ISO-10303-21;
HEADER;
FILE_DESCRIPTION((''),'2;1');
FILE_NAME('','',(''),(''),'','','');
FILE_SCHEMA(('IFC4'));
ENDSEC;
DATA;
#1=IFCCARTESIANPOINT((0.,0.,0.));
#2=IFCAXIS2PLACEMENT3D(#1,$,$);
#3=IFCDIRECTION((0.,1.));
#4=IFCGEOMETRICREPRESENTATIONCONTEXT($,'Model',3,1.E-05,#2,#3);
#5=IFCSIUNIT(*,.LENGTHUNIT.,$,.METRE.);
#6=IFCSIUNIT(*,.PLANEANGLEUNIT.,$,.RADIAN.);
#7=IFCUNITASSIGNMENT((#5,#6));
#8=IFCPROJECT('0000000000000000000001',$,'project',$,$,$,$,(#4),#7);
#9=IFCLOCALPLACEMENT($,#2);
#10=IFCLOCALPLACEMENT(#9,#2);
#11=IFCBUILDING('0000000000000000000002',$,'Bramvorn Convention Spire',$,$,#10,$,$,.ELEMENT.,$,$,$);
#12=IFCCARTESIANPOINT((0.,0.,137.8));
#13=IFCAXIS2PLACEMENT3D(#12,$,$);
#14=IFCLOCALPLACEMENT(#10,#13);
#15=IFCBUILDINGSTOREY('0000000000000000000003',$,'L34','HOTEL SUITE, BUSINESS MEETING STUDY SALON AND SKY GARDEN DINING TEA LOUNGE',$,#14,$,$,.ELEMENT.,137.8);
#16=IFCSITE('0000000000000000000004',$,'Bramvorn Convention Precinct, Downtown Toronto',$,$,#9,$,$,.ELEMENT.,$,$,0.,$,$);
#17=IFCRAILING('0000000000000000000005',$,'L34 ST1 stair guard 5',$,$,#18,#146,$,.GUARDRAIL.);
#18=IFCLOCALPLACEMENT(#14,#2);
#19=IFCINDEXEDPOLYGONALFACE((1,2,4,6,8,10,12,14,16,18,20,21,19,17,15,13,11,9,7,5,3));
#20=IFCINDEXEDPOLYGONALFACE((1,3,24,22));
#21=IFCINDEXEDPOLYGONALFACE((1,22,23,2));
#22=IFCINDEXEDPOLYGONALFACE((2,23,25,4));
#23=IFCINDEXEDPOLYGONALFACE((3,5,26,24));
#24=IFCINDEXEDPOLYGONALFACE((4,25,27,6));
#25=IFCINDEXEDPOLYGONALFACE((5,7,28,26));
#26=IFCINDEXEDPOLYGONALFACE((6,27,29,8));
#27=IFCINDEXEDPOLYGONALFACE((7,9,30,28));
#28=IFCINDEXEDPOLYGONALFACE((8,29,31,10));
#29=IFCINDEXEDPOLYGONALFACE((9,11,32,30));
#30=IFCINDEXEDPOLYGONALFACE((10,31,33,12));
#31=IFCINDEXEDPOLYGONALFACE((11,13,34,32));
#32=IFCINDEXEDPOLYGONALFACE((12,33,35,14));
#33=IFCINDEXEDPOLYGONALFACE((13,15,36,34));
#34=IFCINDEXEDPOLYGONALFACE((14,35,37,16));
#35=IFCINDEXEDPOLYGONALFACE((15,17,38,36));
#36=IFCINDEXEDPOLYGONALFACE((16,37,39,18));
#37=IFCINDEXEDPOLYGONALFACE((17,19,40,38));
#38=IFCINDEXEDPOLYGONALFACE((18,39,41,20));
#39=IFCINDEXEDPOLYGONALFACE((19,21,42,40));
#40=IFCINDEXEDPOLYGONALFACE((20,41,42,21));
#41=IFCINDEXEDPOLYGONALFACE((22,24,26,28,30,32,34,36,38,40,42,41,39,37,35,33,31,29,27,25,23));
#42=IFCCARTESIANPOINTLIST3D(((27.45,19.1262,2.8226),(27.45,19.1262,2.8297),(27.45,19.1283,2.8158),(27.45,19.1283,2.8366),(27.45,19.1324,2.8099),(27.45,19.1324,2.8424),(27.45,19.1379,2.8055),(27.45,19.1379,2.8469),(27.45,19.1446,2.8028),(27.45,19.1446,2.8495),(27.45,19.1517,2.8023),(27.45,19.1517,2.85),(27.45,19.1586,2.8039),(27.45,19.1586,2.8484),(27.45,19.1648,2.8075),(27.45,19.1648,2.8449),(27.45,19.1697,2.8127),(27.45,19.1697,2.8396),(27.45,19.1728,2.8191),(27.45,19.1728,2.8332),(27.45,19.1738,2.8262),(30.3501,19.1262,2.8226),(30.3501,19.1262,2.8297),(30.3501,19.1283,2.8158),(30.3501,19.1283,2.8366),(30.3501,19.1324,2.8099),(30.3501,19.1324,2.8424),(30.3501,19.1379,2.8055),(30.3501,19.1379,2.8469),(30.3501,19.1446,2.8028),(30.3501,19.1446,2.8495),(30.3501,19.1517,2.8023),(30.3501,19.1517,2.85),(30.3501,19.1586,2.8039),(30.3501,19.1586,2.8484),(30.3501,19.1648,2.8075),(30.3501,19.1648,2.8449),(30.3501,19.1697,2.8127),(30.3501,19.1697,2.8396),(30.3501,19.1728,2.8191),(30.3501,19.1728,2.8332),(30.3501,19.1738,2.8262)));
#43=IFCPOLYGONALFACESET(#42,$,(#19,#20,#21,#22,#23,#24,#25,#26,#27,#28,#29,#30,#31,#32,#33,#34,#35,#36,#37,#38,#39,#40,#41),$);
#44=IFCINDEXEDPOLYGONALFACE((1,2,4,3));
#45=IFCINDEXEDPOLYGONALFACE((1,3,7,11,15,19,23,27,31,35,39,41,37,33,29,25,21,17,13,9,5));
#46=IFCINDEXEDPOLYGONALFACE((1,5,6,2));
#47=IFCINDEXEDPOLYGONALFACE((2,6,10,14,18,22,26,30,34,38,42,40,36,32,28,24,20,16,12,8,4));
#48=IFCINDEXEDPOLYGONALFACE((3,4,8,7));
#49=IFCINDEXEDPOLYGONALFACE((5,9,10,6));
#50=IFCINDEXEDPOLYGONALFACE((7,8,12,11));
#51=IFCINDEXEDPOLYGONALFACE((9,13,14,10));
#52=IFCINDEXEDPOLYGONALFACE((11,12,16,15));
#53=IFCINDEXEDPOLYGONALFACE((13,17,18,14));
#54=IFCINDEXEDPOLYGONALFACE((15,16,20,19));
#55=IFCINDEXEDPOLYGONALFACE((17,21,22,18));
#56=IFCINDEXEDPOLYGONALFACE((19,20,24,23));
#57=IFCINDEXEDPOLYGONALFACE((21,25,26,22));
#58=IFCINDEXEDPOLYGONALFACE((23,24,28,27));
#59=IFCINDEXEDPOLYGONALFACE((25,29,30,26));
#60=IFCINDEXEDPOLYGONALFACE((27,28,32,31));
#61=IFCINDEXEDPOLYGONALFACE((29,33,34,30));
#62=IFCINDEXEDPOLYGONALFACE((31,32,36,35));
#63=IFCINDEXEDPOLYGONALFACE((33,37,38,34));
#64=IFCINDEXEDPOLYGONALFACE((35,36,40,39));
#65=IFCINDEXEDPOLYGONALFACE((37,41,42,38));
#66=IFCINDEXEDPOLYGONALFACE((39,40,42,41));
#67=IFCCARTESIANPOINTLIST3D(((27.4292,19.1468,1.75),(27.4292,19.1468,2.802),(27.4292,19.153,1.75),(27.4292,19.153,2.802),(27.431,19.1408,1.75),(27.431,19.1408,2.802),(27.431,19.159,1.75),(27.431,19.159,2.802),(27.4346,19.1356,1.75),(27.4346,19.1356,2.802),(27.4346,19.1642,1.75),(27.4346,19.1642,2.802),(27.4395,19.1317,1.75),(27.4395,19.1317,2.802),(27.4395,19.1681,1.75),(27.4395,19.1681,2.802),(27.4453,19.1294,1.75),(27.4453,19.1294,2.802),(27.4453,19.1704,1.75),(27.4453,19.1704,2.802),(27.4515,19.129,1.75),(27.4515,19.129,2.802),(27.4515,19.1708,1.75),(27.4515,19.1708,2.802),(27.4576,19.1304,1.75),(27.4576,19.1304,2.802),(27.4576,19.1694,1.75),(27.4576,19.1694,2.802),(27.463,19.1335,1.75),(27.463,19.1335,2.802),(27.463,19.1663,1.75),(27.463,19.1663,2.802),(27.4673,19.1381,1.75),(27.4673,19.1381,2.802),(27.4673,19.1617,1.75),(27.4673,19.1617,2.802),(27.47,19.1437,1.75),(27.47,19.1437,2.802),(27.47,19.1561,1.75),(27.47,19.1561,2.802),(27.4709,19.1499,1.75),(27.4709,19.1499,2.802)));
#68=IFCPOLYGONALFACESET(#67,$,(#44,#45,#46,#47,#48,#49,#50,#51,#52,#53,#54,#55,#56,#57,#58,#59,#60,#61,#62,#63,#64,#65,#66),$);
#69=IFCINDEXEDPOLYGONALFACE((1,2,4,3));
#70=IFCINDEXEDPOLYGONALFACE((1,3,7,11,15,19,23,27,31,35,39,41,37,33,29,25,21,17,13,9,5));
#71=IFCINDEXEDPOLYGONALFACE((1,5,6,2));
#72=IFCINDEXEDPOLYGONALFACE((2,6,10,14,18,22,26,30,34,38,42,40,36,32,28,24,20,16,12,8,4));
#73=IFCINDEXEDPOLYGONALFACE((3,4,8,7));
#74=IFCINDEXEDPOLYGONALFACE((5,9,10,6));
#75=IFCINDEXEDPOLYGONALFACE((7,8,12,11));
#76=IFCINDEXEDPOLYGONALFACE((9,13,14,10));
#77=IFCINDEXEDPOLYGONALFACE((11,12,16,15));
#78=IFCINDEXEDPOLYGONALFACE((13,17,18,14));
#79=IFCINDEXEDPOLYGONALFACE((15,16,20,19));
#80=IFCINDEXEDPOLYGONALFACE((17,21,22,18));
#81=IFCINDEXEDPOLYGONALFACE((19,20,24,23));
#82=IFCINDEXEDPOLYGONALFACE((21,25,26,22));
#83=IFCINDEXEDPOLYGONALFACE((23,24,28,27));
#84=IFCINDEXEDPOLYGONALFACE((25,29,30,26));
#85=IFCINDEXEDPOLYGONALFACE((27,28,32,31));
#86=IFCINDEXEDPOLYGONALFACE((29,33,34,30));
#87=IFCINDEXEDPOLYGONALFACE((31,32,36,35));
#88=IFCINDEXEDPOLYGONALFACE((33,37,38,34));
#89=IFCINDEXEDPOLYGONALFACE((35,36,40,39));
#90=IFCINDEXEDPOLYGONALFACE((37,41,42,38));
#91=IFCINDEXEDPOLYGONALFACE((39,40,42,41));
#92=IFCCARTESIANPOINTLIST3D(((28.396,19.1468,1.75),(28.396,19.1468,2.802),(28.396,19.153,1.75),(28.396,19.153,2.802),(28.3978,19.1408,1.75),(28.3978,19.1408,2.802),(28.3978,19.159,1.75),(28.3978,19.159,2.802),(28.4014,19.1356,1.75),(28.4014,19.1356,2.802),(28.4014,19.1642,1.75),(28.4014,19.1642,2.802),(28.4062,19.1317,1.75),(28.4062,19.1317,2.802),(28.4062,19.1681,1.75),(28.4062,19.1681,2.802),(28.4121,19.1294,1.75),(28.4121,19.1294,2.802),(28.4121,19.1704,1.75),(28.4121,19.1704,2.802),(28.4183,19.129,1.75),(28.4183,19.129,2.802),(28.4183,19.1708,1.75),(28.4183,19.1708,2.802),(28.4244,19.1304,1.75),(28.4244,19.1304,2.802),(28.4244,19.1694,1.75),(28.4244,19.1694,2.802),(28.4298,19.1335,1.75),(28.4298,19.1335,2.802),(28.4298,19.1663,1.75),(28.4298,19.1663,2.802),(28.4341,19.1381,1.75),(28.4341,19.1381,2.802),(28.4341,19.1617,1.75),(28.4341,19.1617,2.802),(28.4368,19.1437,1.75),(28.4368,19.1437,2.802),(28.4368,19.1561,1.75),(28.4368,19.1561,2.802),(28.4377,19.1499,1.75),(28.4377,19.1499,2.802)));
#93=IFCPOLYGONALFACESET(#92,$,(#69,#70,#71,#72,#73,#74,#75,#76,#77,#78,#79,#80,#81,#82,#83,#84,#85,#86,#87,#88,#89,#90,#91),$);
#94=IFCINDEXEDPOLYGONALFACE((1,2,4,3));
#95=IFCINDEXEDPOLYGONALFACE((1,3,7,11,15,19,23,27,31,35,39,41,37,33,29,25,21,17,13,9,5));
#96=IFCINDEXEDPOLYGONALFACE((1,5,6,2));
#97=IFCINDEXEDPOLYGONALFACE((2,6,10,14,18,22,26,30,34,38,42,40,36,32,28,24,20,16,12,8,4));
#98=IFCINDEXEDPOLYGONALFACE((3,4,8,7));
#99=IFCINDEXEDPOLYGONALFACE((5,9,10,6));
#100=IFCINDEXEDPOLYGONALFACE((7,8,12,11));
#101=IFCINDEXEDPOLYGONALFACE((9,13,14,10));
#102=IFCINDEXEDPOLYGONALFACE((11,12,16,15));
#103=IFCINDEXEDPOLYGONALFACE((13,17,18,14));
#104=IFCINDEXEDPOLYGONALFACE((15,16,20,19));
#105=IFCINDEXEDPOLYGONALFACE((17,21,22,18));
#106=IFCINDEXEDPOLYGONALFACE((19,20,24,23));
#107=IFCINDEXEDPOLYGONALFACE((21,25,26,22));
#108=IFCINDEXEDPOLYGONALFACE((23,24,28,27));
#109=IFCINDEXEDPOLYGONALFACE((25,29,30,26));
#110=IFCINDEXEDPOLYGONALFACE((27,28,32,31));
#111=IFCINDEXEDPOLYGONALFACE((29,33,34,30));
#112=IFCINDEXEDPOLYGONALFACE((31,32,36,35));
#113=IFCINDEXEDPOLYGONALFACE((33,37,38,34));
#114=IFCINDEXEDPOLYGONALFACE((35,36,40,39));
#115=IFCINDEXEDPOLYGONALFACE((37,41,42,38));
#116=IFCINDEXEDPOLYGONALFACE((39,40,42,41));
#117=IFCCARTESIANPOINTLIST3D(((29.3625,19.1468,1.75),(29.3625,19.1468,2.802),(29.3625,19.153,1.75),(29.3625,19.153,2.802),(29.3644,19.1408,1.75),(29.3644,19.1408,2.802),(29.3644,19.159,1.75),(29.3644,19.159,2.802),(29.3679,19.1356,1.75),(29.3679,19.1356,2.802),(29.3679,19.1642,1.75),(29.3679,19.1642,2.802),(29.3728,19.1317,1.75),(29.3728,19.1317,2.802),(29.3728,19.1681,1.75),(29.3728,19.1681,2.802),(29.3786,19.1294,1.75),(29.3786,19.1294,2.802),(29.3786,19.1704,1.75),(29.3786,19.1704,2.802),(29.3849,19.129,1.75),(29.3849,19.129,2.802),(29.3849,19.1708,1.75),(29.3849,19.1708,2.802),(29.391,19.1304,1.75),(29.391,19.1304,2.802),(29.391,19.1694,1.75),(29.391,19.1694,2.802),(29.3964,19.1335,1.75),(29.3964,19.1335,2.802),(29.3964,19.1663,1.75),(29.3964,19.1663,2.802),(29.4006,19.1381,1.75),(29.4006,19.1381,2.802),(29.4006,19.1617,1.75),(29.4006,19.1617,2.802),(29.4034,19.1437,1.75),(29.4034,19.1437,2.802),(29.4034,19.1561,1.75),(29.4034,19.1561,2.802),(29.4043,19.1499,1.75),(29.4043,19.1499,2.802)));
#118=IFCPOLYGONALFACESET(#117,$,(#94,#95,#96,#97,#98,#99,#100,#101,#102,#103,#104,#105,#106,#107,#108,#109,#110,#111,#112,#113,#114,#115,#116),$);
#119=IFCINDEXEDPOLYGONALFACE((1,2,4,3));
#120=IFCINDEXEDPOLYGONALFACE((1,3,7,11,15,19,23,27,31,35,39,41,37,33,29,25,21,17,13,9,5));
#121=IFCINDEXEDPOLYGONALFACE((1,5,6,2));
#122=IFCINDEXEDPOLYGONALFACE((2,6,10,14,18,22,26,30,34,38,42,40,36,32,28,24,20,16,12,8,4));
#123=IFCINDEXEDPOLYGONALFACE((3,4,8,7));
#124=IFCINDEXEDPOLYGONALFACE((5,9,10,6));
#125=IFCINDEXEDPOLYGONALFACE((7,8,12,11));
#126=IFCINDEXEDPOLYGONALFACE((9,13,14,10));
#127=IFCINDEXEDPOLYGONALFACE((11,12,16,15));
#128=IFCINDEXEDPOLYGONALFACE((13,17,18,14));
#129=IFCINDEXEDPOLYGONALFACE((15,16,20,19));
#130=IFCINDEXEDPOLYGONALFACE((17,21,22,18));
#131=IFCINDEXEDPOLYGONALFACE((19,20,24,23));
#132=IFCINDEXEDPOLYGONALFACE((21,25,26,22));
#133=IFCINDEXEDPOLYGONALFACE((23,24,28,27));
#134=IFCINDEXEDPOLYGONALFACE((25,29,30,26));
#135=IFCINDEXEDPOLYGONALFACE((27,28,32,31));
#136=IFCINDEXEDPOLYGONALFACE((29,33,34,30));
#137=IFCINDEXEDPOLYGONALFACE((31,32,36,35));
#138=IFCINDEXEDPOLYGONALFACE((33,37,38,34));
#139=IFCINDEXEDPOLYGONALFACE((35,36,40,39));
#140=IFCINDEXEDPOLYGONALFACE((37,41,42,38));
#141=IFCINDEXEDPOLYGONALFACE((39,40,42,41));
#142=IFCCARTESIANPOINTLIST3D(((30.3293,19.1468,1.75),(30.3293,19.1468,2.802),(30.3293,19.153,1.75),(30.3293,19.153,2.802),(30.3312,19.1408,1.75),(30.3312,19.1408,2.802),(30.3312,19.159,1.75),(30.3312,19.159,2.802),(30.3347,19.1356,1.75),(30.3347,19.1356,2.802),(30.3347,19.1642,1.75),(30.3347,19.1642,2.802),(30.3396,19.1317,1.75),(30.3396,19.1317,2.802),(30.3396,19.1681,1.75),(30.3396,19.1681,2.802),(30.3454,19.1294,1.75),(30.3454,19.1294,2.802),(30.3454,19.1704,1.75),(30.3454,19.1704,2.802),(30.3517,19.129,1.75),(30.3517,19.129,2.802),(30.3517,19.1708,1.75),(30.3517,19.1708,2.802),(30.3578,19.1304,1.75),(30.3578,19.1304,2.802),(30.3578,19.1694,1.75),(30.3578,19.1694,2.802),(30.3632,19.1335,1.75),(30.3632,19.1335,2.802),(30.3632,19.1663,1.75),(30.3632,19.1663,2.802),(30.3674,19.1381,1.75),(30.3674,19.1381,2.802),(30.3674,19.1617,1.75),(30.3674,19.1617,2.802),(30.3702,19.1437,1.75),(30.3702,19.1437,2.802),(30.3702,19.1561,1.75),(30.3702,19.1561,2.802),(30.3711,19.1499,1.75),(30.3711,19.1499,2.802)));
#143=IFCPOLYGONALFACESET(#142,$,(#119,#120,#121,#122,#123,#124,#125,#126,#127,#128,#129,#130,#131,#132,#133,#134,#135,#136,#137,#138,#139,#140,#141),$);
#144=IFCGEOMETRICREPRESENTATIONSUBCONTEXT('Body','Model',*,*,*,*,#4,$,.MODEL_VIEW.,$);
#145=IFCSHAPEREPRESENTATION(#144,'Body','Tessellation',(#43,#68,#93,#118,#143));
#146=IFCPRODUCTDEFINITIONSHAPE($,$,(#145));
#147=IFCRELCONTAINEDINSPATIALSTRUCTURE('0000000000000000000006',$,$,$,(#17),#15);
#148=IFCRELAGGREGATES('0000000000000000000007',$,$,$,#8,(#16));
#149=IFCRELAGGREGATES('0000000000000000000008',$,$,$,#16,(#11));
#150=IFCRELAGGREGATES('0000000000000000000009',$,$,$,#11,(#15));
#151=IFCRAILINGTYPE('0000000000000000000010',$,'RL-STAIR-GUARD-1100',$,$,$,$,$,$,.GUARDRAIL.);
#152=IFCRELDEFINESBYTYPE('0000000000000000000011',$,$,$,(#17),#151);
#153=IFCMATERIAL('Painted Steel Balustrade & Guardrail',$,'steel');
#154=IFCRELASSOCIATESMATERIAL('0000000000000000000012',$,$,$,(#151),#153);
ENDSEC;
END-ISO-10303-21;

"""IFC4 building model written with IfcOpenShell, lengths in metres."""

from ifc_helpers import new_model, si_unit, direction, frame, origin, origin_2d, place, context, subcontext, project, spatial, circle, extrude, material, type_object, element, save


model = new_model("IFC4")

# Units and contexts
model_context = context("Model", 3, precision=1e-05, world=origin(), true_north=direction((0.0, 1.0)))
body_context = subcontext(model_context, "Body", "Model", "MODEL_VIEW")
ifc_project = project(units=[si_unit("LENGTHUNIT", "METRE"), si_unit("PLANEANGLEUNIT", "RADIAN")], contexts=[model_context])

# Site, building, storey
site_placement = place(None, origin())
site = spatial("IfcSite", under=ifc_project, at=site_placement, Name="Bramvorn Convention Precinct, Downtown Toronto", CompositionType="ELEMENT", RefElevation=0.0)
building_placement = place(site_placement, origin())
building = spatial("IfcBuilding", under=site, at=building_placement, Name="Bramvorn Convention Spire", CompositionType="ELEMENT")
storey_placement = place(building_placement, frame((0.0, 0.0, 137.8)))
storey = spatial("IfcBuildingStorey", under=building, at=storey_placement, Name="L34", Description="HOTEL SUITE, BUSINESS MEETING STUDY SALON AND SKY GARDEN DINING TEA LOUNGE", CompositionType="ELEMENT", Elevation=137.8)

# Railing
ifc_material_1 = material(Name="Painted Steel Balustrade & Guardrail", Category="steel")
railing_type = type_object("IfcRailingType", Name="RL-STAIR-GUARD-1100", PredefinedType="GUARDRAIL", material=ifc_material_1)
railing_1_placement = place(storey_placement, frame((27.45, 19.1499, 1.75)))
element("IfcRailing", 1, at=railing_1_placement, inside=storey, type_object=railing_type, Name="L34 ST1 stair guard 5", PredefinedType="GUARDRAIL", context=body_context, shape_type="SweptSolid", body=[
    extrude(circle(Radius=0.0239, at=origin_2d()), frame((0.0, 0.0, 1.0762), z_axis=(1.0, 0.0, 0.0), x_axis=(0.0, 1.0, 0.0)), (0.0, 0.0, 1.0), 2.9001),
    extrude(circle(Radius=0.021, at=origin_2d()), origin(), (0.0, 0.0, 1.0), 1.052),
    extrude(circle(Radius=0.021, at=origin_2d()), frame((0.9668, 0.0, 0.0)), (0.0, 0.0, 1.0), 1.052),
    extrude(circle(Radius=0.021, at=origin_2d()), frame((1.9333, 0.0, 0.0)), (0.0, 0.0, 1.0), 1.052),
    extrude(circle(Radius=0.021, at=origin_2d()), frame((2.9001, 0.0, 0.0)), (0.0, 0.0, 1.0), 1.052),
])

save(model, "model.ifc")
